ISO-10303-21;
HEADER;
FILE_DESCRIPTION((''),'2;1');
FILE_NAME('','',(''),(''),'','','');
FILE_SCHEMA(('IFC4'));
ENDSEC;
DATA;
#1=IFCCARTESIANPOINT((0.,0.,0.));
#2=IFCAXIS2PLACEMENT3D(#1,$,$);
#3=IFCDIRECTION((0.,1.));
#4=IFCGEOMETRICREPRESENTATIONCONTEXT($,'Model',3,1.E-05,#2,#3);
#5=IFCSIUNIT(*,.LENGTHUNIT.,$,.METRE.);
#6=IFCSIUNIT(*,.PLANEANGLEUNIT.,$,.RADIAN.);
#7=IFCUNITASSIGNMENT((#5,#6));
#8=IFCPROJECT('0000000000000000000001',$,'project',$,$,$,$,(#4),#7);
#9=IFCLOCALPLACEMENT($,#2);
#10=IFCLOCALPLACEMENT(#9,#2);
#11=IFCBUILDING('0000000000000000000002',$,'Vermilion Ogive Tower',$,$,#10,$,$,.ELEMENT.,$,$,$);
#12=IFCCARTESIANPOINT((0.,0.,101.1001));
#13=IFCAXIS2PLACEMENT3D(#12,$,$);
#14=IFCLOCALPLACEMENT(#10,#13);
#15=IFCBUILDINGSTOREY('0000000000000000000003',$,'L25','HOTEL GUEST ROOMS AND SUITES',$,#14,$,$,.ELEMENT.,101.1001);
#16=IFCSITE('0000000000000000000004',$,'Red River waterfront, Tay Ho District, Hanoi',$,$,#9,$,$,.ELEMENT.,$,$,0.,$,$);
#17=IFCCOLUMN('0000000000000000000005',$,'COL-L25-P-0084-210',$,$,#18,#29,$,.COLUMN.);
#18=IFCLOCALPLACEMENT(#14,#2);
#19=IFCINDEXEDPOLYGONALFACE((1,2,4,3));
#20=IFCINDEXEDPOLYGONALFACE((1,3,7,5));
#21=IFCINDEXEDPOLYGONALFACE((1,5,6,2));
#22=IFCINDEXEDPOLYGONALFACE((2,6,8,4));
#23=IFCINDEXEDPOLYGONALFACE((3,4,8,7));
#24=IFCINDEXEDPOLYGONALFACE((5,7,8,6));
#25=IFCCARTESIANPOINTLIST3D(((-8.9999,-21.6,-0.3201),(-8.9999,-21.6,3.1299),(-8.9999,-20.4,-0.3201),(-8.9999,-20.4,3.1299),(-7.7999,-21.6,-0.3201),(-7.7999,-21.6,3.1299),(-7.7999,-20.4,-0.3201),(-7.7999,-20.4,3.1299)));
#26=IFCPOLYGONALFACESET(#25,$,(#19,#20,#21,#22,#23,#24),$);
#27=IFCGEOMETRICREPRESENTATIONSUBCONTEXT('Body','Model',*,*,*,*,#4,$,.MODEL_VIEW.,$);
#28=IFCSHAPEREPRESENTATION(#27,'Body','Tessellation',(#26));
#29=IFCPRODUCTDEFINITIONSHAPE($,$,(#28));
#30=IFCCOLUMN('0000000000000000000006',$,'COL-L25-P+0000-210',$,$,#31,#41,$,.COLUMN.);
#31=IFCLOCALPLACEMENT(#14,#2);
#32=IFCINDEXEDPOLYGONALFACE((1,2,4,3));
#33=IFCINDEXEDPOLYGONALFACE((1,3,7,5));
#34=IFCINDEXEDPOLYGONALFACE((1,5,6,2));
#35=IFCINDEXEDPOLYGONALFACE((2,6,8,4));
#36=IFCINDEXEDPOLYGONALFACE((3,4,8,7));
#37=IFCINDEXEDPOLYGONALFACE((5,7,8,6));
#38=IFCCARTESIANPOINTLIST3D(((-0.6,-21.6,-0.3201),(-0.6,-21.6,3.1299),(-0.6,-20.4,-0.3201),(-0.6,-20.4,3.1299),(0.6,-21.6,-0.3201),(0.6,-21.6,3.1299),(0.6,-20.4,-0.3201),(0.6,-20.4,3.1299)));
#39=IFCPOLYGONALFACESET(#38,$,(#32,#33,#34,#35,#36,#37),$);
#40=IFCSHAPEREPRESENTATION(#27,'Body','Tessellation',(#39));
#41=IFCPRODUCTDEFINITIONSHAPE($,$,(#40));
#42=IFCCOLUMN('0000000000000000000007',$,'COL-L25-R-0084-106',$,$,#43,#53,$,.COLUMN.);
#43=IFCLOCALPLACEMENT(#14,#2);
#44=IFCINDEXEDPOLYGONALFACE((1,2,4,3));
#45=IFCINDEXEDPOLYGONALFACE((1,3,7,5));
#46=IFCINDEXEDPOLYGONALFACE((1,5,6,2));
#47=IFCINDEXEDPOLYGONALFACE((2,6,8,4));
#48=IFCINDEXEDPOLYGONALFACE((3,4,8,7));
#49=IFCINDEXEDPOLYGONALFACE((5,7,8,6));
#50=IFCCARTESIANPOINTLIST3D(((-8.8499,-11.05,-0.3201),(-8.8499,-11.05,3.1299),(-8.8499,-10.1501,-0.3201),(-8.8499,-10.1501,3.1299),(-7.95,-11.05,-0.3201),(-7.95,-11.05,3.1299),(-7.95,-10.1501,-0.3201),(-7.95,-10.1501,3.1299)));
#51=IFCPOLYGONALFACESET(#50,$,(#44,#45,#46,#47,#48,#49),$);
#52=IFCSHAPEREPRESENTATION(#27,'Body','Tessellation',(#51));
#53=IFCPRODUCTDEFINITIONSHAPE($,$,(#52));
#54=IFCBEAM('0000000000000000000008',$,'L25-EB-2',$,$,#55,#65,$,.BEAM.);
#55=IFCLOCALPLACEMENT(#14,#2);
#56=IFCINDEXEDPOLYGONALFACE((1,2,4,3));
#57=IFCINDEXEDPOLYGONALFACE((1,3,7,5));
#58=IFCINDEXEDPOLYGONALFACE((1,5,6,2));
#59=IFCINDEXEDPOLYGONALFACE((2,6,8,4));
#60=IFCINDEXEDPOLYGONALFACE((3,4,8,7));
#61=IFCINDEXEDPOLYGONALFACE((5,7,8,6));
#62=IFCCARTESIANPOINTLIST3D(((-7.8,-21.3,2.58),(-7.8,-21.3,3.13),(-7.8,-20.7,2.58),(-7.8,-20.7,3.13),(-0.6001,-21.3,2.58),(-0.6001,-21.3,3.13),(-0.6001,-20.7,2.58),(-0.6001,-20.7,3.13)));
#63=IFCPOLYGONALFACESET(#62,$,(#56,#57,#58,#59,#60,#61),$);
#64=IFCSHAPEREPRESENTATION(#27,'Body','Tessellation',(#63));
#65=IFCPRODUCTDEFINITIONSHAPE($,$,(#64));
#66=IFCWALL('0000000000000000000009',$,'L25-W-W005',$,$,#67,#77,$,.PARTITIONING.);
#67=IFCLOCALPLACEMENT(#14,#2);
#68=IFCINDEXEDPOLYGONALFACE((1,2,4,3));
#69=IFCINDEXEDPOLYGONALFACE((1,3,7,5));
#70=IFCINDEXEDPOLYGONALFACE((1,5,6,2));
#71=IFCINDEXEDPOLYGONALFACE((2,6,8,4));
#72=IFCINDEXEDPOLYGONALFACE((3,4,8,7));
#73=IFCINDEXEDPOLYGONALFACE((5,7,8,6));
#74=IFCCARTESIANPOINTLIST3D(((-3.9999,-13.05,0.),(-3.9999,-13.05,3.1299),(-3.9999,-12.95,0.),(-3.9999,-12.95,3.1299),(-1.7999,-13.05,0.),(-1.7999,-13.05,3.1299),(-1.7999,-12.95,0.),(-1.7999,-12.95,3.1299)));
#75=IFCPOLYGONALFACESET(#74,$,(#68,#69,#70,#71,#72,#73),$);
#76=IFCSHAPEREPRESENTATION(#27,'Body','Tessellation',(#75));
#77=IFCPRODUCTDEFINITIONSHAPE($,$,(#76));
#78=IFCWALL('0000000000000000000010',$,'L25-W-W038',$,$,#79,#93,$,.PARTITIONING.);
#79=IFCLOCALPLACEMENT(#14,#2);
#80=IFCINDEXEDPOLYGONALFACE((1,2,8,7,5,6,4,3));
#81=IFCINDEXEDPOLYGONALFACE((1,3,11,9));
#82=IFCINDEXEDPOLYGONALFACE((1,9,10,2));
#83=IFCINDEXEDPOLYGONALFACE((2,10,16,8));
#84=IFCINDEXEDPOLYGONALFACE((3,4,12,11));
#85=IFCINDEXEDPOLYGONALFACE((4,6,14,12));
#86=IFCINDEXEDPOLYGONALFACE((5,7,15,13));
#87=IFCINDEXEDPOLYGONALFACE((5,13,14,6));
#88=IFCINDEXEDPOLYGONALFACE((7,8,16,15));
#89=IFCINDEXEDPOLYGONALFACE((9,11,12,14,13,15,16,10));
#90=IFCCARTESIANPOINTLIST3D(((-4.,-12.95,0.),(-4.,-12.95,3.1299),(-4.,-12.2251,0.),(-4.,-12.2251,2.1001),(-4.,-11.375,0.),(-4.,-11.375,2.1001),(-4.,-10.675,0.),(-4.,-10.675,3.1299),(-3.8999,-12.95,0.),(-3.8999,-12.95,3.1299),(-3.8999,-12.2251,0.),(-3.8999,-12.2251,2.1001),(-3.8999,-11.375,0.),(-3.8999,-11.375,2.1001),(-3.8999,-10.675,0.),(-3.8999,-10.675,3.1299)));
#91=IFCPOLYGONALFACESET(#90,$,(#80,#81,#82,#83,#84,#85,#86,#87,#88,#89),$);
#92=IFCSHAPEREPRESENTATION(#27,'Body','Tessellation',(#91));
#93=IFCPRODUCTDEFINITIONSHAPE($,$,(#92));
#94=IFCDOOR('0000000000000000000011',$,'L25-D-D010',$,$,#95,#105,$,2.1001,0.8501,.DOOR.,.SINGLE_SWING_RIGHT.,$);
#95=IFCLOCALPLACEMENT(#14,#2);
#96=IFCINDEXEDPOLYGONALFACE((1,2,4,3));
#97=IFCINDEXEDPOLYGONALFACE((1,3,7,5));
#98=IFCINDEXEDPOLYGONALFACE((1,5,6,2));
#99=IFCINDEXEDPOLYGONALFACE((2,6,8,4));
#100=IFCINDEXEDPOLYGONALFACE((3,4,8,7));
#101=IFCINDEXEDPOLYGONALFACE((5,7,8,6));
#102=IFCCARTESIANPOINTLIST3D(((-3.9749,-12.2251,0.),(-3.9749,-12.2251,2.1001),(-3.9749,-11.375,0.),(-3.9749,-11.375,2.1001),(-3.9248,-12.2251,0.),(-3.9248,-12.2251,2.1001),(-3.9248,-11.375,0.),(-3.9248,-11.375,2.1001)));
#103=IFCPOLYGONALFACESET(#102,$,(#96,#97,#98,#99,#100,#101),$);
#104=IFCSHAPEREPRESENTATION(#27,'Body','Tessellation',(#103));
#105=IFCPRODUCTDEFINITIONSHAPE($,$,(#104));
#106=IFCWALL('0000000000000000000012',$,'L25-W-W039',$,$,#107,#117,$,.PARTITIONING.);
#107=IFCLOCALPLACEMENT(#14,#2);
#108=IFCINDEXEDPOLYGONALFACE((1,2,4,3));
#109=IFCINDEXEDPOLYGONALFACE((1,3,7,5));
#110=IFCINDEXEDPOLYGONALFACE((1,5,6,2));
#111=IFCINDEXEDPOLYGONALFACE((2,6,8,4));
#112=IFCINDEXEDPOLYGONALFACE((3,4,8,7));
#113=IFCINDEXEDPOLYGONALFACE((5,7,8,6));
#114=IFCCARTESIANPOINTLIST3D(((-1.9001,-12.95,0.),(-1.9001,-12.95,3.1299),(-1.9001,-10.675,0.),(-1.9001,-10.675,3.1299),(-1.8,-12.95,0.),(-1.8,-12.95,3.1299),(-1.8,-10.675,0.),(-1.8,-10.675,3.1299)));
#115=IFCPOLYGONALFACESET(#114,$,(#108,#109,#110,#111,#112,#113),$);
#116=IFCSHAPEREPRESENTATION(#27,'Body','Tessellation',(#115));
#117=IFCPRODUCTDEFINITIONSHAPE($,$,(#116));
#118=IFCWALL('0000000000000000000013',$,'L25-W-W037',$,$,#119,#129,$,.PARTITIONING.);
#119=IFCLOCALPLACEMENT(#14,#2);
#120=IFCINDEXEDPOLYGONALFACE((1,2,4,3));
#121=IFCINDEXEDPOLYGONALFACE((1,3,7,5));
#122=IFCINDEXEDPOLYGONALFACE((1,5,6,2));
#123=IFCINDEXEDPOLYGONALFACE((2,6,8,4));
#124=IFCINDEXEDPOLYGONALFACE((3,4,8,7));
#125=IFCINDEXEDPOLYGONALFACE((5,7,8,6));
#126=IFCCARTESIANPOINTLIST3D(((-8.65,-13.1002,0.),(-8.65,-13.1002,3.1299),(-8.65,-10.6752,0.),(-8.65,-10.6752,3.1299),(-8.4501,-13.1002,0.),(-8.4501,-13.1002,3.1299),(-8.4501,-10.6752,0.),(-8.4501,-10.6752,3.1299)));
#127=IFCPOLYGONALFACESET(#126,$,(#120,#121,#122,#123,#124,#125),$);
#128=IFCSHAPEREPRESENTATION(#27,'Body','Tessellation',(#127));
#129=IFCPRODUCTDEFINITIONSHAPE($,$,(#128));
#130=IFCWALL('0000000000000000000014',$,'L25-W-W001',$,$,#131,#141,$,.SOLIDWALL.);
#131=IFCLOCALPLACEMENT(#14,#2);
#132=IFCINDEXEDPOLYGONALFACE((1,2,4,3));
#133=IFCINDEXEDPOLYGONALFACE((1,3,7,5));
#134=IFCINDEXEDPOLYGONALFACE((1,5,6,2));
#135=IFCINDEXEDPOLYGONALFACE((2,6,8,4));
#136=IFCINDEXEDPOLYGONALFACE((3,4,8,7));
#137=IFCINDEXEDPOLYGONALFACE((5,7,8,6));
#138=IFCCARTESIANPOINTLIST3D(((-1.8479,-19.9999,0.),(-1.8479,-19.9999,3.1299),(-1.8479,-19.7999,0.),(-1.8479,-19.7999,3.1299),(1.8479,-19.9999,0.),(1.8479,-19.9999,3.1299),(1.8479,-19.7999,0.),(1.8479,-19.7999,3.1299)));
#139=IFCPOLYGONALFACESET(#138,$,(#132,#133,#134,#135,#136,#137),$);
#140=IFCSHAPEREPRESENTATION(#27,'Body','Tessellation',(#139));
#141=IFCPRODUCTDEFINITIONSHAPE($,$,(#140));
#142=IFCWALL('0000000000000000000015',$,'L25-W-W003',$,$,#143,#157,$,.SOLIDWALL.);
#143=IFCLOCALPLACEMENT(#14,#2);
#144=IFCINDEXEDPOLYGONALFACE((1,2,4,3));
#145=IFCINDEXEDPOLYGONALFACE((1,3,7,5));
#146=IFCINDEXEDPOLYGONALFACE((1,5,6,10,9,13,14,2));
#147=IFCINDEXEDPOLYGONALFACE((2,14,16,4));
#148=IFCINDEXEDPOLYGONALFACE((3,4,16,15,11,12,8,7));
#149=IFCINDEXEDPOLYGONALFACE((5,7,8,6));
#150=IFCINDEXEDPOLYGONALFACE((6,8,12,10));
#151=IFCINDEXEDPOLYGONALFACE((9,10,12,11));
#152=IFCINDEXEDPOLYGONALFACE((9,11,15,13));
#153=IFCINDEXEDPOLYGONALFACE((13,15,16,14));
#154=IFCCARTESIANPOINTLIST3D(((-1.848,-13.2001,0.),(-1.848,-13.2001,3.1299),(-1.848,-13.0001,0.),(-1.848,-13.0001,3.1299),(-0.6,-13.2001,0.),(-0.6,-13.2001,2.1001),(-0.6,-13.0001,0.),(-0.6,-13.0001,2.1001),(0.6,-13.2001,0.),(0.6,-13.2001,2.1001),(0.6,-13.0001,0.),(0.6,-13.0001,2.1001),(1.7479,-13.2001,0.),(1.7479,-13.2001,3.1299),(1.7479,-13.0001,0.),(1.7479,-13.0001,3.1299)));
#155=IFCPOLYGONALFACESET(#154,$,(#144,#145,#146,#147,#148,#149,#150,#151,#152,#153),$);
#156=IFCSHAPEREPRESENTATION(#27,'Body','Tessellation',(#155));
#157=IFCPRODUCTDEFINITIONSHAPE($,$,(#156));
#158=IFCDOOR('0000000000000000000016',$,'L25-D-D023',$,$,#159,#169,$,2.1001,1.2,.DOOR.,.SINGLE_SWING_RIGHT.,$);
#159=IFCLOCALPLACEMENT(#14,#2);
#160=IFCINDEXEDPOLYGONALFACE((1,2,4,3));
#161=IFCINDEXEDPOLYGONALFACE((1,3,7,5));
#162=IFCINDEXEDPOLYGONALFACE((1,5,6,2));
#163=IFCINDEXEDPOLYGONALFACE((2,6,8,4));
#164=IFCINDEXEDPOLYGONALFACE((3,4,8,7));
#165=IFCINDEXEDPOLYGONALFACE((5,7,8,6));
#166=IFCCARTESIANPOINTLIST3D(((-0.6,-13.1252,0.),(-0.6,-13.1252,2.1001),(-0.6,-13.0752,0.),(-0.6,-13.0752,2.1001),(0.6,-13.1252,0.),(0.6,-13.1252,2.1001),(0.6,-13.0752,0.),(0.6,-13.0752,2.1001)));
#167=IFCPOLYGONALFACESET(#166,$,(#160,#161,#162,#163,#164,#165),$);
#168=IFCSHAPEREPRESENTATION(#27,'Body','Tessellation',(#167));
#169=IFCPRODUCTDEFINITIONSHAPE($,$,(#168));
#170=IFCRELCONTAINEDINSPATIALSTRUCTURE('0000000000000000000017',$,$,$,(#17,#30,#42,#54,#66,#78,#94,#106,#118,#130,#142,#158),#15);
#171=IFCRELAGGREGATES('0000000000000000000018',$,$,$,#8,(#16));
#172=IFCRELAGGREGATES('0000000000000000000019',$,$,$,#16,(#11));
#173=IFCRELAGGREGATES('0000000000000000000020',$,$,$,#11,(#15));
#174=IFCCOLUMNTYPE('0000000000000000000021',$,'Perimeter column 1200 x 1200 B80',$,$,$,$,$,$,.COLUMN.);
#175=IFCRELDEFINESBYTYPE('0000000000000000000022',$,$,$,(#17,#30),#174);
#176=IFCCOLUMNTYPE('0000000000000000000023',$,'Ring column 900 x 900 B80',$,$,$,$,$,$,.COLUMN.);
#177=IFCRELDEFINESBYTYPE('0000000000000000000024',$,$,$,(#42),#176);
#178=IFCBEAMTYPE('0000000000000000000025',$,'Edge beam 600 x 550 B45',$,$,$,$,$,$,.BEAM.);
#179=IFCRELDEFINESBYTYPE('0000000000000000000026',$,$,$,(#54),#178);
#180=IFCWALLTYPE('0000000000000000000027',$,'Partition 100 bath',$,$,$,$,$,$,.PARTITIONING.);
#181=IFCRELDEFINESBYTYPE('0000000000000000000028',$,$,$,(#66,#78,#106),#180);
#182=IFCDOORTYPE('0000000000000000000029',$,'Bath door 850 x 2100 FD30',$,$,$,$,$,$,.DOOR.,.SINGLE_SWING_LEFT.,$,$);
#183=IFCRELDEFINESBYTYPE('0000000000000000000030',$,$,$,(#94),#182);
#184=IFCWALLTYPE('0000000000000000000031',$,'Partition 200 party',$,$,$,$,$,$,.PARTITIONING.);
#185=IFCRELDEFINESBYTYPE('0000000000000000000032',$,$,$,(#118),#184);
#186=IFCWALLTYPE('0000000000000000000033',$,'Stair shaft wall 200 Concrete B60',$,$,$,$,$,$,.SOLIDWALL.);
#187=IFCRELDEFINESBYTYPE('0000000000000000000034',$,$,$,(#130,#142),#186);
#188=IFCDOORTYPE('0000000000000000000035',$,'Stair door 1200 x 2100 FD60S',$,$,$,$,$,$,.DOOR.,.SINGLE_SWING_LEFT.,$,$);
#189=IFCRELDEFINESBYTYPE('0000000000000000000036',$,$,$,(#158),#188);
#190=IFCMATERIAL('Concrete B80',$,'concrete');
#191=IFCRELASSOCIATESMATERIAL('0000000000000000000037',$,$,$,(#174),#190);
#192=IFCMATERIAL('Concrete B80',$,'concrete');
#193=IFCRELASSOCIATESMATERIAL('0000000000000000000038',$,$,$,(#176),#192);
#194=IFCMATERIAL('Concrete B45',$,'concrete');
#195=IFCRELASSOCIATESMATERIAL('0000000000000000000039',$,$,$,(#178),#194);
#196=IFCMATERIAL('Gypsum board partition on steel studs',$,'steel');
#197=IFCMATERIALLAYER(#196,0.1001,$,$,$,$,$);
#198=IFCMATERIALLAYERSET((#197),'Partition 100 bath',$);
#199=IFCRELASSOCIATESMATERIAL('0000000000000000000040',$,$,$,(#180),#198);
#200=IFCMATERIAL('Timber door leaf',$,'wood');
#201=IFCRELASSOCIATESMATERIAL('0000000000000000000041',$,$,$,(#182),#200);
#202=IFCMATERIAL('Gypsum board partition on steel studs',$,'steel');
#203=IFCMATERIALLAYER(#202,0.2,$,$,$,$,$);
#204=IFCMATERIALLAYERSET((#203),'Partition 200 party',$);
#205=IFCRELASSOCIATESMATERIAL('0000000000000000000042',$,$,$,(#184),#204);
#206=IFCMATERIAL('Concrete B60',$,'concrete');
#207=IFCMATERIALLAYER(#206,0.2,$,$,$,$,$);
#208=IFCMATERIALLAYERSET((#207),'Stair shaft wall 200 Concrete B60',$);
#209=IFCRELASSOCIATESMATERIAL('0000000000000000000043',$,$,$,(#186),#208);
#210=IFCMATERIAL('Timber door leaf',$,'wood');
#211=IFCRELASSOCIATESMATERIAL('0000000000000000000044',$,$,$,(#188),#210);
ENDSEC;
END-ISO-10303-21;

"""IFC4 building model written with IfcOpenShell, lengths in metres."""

from ifc_helpers import new_model, si_unit, direction, frame, frame_2d, origin, origin_2d, place, context, subcontext, project, spatial, rectangle, extrude, material, layer, layer_set, material_profile, profile_set, type_object, element, fill, save


model = new_model("IFC4")

# Units and contexts
model_context = context("Model", 3, precision=1e-05, world=origin(), true_north=direction((0.0, 1.0)))
body_context = subcontext(model_context, "Body", "Model", "MODEL_VIEW")
ifc_project = project(units=[si_unit("LENGTHUNIT", "METRE"), si_unit("PLANEANGLEUNIT", "RADIAN")], contexts=[model_context])

# Site, building, storey
site_placement = place(None, origin())
site = spatial("IfcSite", under=ifc_project, at=site_placement, Name="Red River waterfront, Tay Ho District, Hanoi", CompositionType="ELEMENT", RefElevation=0.0)
building_placement = place(site_placement, origin())
building = spatial("IfcBuilding", under=site, at=building_placement, Name="Vermilion Ogive Tower", CompositionType="ELEMENT")
storey_placement = place(building_placement, frame((0.0, 0.0, 101.1001)))
storey = spatial("IfcBuildingStorey", under=building, at=storey_placement, Name="L25", Description="HOTEL GUEST ROOMS AND SUITES", CompositionType="ELEMENT", Elevation=101.1001)

# Columns
ifc_material_1 = material(Name="Concrete B80", Category="concrete")
ifc_material_profile_1 = material_profile(ifc_material_1, rectangle(XDim=1.2, YDim=1.2, at=origin_2d()), Name="1200 x 1200")
ifc_profile_set_1 = profile_set([ifc_material_profile_1], Name="Concrete B80")
column_type_1 = type_object("IfcColumnType", Name="Perimeter column 1200 x 1200 B80", PredefinedType="COLUMN", material=ifc_profile_set_1)
for number, where, z_axis, x_axis, name in (
    (1, (-8.3999, -21.0, -0.3201), (0.0, 0.0, 1.0), (1.0, 0.0, 0.0), "COL-L25-P-0084-210"),
    (2, (0.0, -21.0, -0.3201), (0.0, 0.0, 1.0), (1.0, 0.0, 0.0), "COL-L25-P+0000-210"),
):
    element("IfcColumn", number, at=place(storey_placement, frame(where, z_axis=z_axis, x_axis=x_axis)), inside=storey, type_object=column_type_1, Name=name, PredefinedType="COLUMN", context=body_context, shape_type="SweptSolid", body=[
        extrude(rectangle(XDim=1.2, YDim=1.2, at=origin_2d()), origin(), (0.0, 0.0, 1.0), 3.45),
    ])
ifc_material_2 = material(Name="Concrete B80", Category="concrete")
ifc_material_profile_2 = material_profile(ifc_material_2, rectangle(XDim=0.8999, YDim=0.8999, at=origin_2d()), Name="900 x 900")
ifc_profile_set_2 = profile_set([ifc_material_profile_2], Name="Concrete B80")
column_type_2 = type_object("IfcColumnType", Name="Ring column 900 x 900 B80", PredefinedType="COLUMN", material=ifc_profile_set_2)
column_placement = place(storey_placement, frame((-8.3999, -10.6001, -0.3201), z_axis=(0.0, 0.0, 1.0), x_axis=(1.0, 0.0, 0.0)))
element("IfcColumn", 3, at=column_placement, inside=storey, type_object=column_type_2, Name="COL-L25-R-0084-106", PredefinedType="COLUMN", context=body_context, shape_type="SweptSolid", body=[
    extrude(rectangle(XDim=0.8999, YDim=0.8999, at=origin_2d()), origin(), (0.0, 0.0, 1.0), 3.45),
])

# Beam
ifc_material_3 = material(Name="Concrete B45", Category="concrete")
ifc_material_profile_3 = material_profile(ifc_material_3, rectangle(XDim=0.6001, YDim=0.55, at=origin_2d()), Name="600 x 550")
ifc_profile_set_3 = profile_set([ifc_material_profile_3], Name="Concrete B45")
beam_type = type_object("IfcBeamType", Name="Edge beam 600 x 550 B45", PredefinedType="BEAM", material=ifc_profile_set_3)
beam_placement = place(storey_placement, frame((-7.8, -21.0, 2.855), z_axis=(1.0, 0.0, 0.0), x_axis=(0.0, 1.0, 0.0)))
element("IfcBeam", 4, at=beam_placement, inside=storey, type_object=beam_type, Name="L25-EB-2", PredefinedType="BEAM", context=body_context, shape_type="SweptSolid", body=[
    extrude(rectangle(XDim=0.6001, YDim=0.55, at=origin_2d()), origin(), (0.0, 0.0, 1.0), 7.2),
])

# Wall
ifc_material_4 = material(Name="Gypsum board partition on steel studs", Category="steel")
ifc_layer_1 = layer(ifc_material_4, 0.1001)
ifc_layer_set_1 = layer_set([ifc_layer_1], Name="Partition 100 bath")
wall_type_1 = type_object("IfcWallType", Name="Partition 100 bath", PredefinedType="PARTITIONING", material=ifc_layer_set_1)
wall_1_placement = place(storey_placement, frame((-4.0, -13.0, 0.0), z_axis=(0.0, 0.0, 1.0), x_axis=(1.0, 0.0, 0.0)))
element("IfcWall", 5, at=wall_1_placement, inside=storey, type_object=wall_type_1, Name="L25-W-W005", PredefinedType="PARTITIONING", context=body_context, shape_type="SweptSolid", body=[
    extrude(rectangle(XDim=2.2, YDim=0.1001, at=frame_2d((1.1001, 0.0))), origin(), (0.0, 0.0, 1.0), 3.1299),
])

# Wall, opening, door
wall_2_placement = place(storey_placement, frame((-3.95, -12.95, 0.0), z_axis=(0.0, 0.0, 1.0), x_axis=(0.0, 1.0, 0.0)))
wall_2 = element("IfcWall", 6, at=wall_2_placement, inside=storey, type_object=wall_type_1, Name="L25-W-W038", PredefinedType="PARTITIONING", context=body_context, shape_type="SweptSolid", body=[
    extrude(rectangle(XDim=2.2749, YDim=0.1001, at=frame_2d((1.1375, 0.0))), origin(), (0.0, 0.0, 1.0), 3.1299),
])
opening_1_placement = place(wall_2_placement, frame((0.7249, 0.0, 0.0)))
opening_1 = element("IfcOpeningElement", 7, at=opening_1_placement, cuts=wall_2, PredefinedType="OPENING", context=body_context, shape_type="SweptSolid", body=[
    extrude(rectangle(XDim=0.8501, YDim=2.1001, at=frame_2d((0.425, 1.05))), frame((0.0, 0.0601, 0.0), z_axis=(0.0, -1.0, 0.0), x_axis=(1.0, 0.0, 0.0)), (0.0, 0.0, 1.0), 0.1201),
])
ifc_material_5 = material(Name="Timber door leaf", Category="wood")
door_type_1 = type_object("IfcDoorType", Name="Bath door 850 x 2100 FD30", OperationType="SINGLE_SWING_LEFT", PredefinedType="DOOR", material=ifc_material_5)
door_1_placement = place(opening_1_placement, origin())
door_1 = element("IfcDoor", 8, at=door_1_placement, inside=storey, type_object=door_type_1, Name="L25-D-D010", OperationType="SINGLE_SWING_RIGHT", OverallHeight=2.1001, OverallWidth=0.8501, PredefinedType="DOOR", context=body_context, shape_type="SweptSolid", body=[
    extrude(rectangle(XDim=0.8501, YDim=2.1001, at=frame_2d((0.425, 1.05))), frame((0.0, 0.0249, 0.0), z_axis=(0.0, -1.0, 0.0), x_axis=(1.0, 0.0, 0.0)), (0.0, 0.0, 1.0), 0.05),
])
fill(opening_1, door_1)

# Walls
wall_3_placement = place(storey_placement, frame((-1.8501, -12.95, 0.0), z_axis=(0.0, 0.0, 1.0), x_axis=(0.0, 1.0, 0.0)))
element("IfcWall", 9, at=wall_3_placement, inside=storey, type_object=wall_type_1, Name="L25-W-W039", PredefinedType="PARTITIONING", context=body_context, shape_type="SweptSolid", body=[
    extrude(rectangle(XDim=2.2749, YDim=0.1001, at=frame_2d((1.1375, 0.0))), origin(), (0.0, 0.0, 1.0), 3.1299),
])
ifc_material_6 = material(Name="Gypsum board partition on steel studs", Category="steel")
ifc_layer_2 = layer(ifc_material_6, 0.2)
ifc_layer_set_2 = layer_set([ifc_layer_2], Name="Partition 200 party")
wall_type_2 = type_object("IfcWallType", Name="Partition 200 party", PredefinedType="PARTITIONING", material=ifc_layer_set_2)
wall_4_placement = place(storey_placement, frame((-8.55, -13.1001, 0.0), z_axis=(0.0, 0.0, 1.0), x_axis=(0.0, 1.0, 0.0)))
element("IfcWall", 10, at=wall_4_placement, inside=storey, type_object=wall_type_2, Name="L25-W-W037", PredefinedType="PARTITIONING", context=body_context, shape_type="SweptSolid", body=[
    extrude(rectangle(XDim=2.425, YDim=0.2, at=frame_2d((1.2124, 0.0))), origin(), (0.0, 0.0, 1.0), 3.1299),
])
ifc_material_7 = material(Name="Concrete B60", Category="concrete")
ifc_layer_3 = layer(ifc_material_7, 0.2)
ifc_layer_set_3 = layer_set([ifc_layer_3], Name="Stair shaft wall 200 Concrete B60")
wall_type_3 = type_object("IfcWallType", Name="Stair shaft wall 200 Concrete B60", PredefinedType="SOLIDWALL", material=ifc_layer_set_3)
wall_5_placement = place(storey_placement, frame((-1.8479, -19.8999, 0.0), z_axis=(0.0, 0.0, 1.0), x_axis=(1.0, 0.0, 0.0)))
element("IfcWall", 11, at=wall_5_placement, inside=storey, type_object=wall_type_3, Name="L25-W-W001", PredefinedType="SOLIDWALL", context=body_context, shape_type="SweptSolid", body=[
    extrude(rectangle(XDim=3.6958, YDim=0.2, at=frame_2d((1.8479, 0.0))), origin(), (0.0, 0.0, 1.0), 3.1299),
])

# Wall, opening, door
wall_6_placement = place(storey_placement, frame((-1.8479, -13.1001, 0.0), z_axis=(0.0, 0.0, 1.0), x_axis=(1.0, 0.0, 0.0)))
wall_6 = element("IfcWall", 12, at=wall_6_placement, inside=storey, type_object=wall_type_3, Name="L25-W-W003", PredefinedType="SOLIDWALL", context=body_context, shape_type="SweptSolid", body=[
    extrude(rectangle(XDim=3.5959, YDim=0.2, at=frame_2d((1.7979, 0.0))), origin(), (0.0, 0.0, 1.0), 3.1299),
])
opening_2_placement = place(wall_6_placement, frame((1.2478, 0.0, 0.0)))
opening_2 = element("IfcOpeningElement", 13, at=opening_2_placement, cuts=wall_6, PredefinedType="OPENING", context=body_context, shape_type="SweptSolid", body=[
    extrude(rectangle(XDim=1.2, YDim=2.1001, at=frame_2d((0.6001, 1.05))), frame((0.0, 0.1099, 0.0), z_axis=(0.0, -1.0, 0.0), x_axis=(1.0, 0.0, 0.0)), (0.0, 0.0, 1.0), 0.22),
])
ifc_material_8 = material(Name="Timber door leaf", Category="wood")
door_type_2 = type_object("IfcDoorType", Name="Stair door 1200 x 2100 FD60S", OperationType="SINGLE_SWING_LEFT", PredefinedType="DOOR", material=ifc_material_8)
door_2_placement = place(opening_2_placement, origin())
door_2 = element("IfcDoor", 14, at=door_2_placement, inside=storey, type_object=door_type_2, Name="L25-D-D023", OperationType="SINGLE_SWING_RIGHT", OverallHeight=2.1001, OverallWidth=1.2, PredefinedType="DOOR", context=body_context, shape_type="SweptSolid", body=[
    extrude(rectangle(XDim=1.2, YDim=2.1001, at=frame_2d((0.6001, 1.05))), frame((0.0, 0.0249, 0.0), z_axis=(0.0, -1.0, 0.0), x_axis=(1.0, 0.0, 0.0)), (0.0, 0.0, 1.0), 0.05),
])
fill(opening_2, door_2)

save(model, "model.ifc")
